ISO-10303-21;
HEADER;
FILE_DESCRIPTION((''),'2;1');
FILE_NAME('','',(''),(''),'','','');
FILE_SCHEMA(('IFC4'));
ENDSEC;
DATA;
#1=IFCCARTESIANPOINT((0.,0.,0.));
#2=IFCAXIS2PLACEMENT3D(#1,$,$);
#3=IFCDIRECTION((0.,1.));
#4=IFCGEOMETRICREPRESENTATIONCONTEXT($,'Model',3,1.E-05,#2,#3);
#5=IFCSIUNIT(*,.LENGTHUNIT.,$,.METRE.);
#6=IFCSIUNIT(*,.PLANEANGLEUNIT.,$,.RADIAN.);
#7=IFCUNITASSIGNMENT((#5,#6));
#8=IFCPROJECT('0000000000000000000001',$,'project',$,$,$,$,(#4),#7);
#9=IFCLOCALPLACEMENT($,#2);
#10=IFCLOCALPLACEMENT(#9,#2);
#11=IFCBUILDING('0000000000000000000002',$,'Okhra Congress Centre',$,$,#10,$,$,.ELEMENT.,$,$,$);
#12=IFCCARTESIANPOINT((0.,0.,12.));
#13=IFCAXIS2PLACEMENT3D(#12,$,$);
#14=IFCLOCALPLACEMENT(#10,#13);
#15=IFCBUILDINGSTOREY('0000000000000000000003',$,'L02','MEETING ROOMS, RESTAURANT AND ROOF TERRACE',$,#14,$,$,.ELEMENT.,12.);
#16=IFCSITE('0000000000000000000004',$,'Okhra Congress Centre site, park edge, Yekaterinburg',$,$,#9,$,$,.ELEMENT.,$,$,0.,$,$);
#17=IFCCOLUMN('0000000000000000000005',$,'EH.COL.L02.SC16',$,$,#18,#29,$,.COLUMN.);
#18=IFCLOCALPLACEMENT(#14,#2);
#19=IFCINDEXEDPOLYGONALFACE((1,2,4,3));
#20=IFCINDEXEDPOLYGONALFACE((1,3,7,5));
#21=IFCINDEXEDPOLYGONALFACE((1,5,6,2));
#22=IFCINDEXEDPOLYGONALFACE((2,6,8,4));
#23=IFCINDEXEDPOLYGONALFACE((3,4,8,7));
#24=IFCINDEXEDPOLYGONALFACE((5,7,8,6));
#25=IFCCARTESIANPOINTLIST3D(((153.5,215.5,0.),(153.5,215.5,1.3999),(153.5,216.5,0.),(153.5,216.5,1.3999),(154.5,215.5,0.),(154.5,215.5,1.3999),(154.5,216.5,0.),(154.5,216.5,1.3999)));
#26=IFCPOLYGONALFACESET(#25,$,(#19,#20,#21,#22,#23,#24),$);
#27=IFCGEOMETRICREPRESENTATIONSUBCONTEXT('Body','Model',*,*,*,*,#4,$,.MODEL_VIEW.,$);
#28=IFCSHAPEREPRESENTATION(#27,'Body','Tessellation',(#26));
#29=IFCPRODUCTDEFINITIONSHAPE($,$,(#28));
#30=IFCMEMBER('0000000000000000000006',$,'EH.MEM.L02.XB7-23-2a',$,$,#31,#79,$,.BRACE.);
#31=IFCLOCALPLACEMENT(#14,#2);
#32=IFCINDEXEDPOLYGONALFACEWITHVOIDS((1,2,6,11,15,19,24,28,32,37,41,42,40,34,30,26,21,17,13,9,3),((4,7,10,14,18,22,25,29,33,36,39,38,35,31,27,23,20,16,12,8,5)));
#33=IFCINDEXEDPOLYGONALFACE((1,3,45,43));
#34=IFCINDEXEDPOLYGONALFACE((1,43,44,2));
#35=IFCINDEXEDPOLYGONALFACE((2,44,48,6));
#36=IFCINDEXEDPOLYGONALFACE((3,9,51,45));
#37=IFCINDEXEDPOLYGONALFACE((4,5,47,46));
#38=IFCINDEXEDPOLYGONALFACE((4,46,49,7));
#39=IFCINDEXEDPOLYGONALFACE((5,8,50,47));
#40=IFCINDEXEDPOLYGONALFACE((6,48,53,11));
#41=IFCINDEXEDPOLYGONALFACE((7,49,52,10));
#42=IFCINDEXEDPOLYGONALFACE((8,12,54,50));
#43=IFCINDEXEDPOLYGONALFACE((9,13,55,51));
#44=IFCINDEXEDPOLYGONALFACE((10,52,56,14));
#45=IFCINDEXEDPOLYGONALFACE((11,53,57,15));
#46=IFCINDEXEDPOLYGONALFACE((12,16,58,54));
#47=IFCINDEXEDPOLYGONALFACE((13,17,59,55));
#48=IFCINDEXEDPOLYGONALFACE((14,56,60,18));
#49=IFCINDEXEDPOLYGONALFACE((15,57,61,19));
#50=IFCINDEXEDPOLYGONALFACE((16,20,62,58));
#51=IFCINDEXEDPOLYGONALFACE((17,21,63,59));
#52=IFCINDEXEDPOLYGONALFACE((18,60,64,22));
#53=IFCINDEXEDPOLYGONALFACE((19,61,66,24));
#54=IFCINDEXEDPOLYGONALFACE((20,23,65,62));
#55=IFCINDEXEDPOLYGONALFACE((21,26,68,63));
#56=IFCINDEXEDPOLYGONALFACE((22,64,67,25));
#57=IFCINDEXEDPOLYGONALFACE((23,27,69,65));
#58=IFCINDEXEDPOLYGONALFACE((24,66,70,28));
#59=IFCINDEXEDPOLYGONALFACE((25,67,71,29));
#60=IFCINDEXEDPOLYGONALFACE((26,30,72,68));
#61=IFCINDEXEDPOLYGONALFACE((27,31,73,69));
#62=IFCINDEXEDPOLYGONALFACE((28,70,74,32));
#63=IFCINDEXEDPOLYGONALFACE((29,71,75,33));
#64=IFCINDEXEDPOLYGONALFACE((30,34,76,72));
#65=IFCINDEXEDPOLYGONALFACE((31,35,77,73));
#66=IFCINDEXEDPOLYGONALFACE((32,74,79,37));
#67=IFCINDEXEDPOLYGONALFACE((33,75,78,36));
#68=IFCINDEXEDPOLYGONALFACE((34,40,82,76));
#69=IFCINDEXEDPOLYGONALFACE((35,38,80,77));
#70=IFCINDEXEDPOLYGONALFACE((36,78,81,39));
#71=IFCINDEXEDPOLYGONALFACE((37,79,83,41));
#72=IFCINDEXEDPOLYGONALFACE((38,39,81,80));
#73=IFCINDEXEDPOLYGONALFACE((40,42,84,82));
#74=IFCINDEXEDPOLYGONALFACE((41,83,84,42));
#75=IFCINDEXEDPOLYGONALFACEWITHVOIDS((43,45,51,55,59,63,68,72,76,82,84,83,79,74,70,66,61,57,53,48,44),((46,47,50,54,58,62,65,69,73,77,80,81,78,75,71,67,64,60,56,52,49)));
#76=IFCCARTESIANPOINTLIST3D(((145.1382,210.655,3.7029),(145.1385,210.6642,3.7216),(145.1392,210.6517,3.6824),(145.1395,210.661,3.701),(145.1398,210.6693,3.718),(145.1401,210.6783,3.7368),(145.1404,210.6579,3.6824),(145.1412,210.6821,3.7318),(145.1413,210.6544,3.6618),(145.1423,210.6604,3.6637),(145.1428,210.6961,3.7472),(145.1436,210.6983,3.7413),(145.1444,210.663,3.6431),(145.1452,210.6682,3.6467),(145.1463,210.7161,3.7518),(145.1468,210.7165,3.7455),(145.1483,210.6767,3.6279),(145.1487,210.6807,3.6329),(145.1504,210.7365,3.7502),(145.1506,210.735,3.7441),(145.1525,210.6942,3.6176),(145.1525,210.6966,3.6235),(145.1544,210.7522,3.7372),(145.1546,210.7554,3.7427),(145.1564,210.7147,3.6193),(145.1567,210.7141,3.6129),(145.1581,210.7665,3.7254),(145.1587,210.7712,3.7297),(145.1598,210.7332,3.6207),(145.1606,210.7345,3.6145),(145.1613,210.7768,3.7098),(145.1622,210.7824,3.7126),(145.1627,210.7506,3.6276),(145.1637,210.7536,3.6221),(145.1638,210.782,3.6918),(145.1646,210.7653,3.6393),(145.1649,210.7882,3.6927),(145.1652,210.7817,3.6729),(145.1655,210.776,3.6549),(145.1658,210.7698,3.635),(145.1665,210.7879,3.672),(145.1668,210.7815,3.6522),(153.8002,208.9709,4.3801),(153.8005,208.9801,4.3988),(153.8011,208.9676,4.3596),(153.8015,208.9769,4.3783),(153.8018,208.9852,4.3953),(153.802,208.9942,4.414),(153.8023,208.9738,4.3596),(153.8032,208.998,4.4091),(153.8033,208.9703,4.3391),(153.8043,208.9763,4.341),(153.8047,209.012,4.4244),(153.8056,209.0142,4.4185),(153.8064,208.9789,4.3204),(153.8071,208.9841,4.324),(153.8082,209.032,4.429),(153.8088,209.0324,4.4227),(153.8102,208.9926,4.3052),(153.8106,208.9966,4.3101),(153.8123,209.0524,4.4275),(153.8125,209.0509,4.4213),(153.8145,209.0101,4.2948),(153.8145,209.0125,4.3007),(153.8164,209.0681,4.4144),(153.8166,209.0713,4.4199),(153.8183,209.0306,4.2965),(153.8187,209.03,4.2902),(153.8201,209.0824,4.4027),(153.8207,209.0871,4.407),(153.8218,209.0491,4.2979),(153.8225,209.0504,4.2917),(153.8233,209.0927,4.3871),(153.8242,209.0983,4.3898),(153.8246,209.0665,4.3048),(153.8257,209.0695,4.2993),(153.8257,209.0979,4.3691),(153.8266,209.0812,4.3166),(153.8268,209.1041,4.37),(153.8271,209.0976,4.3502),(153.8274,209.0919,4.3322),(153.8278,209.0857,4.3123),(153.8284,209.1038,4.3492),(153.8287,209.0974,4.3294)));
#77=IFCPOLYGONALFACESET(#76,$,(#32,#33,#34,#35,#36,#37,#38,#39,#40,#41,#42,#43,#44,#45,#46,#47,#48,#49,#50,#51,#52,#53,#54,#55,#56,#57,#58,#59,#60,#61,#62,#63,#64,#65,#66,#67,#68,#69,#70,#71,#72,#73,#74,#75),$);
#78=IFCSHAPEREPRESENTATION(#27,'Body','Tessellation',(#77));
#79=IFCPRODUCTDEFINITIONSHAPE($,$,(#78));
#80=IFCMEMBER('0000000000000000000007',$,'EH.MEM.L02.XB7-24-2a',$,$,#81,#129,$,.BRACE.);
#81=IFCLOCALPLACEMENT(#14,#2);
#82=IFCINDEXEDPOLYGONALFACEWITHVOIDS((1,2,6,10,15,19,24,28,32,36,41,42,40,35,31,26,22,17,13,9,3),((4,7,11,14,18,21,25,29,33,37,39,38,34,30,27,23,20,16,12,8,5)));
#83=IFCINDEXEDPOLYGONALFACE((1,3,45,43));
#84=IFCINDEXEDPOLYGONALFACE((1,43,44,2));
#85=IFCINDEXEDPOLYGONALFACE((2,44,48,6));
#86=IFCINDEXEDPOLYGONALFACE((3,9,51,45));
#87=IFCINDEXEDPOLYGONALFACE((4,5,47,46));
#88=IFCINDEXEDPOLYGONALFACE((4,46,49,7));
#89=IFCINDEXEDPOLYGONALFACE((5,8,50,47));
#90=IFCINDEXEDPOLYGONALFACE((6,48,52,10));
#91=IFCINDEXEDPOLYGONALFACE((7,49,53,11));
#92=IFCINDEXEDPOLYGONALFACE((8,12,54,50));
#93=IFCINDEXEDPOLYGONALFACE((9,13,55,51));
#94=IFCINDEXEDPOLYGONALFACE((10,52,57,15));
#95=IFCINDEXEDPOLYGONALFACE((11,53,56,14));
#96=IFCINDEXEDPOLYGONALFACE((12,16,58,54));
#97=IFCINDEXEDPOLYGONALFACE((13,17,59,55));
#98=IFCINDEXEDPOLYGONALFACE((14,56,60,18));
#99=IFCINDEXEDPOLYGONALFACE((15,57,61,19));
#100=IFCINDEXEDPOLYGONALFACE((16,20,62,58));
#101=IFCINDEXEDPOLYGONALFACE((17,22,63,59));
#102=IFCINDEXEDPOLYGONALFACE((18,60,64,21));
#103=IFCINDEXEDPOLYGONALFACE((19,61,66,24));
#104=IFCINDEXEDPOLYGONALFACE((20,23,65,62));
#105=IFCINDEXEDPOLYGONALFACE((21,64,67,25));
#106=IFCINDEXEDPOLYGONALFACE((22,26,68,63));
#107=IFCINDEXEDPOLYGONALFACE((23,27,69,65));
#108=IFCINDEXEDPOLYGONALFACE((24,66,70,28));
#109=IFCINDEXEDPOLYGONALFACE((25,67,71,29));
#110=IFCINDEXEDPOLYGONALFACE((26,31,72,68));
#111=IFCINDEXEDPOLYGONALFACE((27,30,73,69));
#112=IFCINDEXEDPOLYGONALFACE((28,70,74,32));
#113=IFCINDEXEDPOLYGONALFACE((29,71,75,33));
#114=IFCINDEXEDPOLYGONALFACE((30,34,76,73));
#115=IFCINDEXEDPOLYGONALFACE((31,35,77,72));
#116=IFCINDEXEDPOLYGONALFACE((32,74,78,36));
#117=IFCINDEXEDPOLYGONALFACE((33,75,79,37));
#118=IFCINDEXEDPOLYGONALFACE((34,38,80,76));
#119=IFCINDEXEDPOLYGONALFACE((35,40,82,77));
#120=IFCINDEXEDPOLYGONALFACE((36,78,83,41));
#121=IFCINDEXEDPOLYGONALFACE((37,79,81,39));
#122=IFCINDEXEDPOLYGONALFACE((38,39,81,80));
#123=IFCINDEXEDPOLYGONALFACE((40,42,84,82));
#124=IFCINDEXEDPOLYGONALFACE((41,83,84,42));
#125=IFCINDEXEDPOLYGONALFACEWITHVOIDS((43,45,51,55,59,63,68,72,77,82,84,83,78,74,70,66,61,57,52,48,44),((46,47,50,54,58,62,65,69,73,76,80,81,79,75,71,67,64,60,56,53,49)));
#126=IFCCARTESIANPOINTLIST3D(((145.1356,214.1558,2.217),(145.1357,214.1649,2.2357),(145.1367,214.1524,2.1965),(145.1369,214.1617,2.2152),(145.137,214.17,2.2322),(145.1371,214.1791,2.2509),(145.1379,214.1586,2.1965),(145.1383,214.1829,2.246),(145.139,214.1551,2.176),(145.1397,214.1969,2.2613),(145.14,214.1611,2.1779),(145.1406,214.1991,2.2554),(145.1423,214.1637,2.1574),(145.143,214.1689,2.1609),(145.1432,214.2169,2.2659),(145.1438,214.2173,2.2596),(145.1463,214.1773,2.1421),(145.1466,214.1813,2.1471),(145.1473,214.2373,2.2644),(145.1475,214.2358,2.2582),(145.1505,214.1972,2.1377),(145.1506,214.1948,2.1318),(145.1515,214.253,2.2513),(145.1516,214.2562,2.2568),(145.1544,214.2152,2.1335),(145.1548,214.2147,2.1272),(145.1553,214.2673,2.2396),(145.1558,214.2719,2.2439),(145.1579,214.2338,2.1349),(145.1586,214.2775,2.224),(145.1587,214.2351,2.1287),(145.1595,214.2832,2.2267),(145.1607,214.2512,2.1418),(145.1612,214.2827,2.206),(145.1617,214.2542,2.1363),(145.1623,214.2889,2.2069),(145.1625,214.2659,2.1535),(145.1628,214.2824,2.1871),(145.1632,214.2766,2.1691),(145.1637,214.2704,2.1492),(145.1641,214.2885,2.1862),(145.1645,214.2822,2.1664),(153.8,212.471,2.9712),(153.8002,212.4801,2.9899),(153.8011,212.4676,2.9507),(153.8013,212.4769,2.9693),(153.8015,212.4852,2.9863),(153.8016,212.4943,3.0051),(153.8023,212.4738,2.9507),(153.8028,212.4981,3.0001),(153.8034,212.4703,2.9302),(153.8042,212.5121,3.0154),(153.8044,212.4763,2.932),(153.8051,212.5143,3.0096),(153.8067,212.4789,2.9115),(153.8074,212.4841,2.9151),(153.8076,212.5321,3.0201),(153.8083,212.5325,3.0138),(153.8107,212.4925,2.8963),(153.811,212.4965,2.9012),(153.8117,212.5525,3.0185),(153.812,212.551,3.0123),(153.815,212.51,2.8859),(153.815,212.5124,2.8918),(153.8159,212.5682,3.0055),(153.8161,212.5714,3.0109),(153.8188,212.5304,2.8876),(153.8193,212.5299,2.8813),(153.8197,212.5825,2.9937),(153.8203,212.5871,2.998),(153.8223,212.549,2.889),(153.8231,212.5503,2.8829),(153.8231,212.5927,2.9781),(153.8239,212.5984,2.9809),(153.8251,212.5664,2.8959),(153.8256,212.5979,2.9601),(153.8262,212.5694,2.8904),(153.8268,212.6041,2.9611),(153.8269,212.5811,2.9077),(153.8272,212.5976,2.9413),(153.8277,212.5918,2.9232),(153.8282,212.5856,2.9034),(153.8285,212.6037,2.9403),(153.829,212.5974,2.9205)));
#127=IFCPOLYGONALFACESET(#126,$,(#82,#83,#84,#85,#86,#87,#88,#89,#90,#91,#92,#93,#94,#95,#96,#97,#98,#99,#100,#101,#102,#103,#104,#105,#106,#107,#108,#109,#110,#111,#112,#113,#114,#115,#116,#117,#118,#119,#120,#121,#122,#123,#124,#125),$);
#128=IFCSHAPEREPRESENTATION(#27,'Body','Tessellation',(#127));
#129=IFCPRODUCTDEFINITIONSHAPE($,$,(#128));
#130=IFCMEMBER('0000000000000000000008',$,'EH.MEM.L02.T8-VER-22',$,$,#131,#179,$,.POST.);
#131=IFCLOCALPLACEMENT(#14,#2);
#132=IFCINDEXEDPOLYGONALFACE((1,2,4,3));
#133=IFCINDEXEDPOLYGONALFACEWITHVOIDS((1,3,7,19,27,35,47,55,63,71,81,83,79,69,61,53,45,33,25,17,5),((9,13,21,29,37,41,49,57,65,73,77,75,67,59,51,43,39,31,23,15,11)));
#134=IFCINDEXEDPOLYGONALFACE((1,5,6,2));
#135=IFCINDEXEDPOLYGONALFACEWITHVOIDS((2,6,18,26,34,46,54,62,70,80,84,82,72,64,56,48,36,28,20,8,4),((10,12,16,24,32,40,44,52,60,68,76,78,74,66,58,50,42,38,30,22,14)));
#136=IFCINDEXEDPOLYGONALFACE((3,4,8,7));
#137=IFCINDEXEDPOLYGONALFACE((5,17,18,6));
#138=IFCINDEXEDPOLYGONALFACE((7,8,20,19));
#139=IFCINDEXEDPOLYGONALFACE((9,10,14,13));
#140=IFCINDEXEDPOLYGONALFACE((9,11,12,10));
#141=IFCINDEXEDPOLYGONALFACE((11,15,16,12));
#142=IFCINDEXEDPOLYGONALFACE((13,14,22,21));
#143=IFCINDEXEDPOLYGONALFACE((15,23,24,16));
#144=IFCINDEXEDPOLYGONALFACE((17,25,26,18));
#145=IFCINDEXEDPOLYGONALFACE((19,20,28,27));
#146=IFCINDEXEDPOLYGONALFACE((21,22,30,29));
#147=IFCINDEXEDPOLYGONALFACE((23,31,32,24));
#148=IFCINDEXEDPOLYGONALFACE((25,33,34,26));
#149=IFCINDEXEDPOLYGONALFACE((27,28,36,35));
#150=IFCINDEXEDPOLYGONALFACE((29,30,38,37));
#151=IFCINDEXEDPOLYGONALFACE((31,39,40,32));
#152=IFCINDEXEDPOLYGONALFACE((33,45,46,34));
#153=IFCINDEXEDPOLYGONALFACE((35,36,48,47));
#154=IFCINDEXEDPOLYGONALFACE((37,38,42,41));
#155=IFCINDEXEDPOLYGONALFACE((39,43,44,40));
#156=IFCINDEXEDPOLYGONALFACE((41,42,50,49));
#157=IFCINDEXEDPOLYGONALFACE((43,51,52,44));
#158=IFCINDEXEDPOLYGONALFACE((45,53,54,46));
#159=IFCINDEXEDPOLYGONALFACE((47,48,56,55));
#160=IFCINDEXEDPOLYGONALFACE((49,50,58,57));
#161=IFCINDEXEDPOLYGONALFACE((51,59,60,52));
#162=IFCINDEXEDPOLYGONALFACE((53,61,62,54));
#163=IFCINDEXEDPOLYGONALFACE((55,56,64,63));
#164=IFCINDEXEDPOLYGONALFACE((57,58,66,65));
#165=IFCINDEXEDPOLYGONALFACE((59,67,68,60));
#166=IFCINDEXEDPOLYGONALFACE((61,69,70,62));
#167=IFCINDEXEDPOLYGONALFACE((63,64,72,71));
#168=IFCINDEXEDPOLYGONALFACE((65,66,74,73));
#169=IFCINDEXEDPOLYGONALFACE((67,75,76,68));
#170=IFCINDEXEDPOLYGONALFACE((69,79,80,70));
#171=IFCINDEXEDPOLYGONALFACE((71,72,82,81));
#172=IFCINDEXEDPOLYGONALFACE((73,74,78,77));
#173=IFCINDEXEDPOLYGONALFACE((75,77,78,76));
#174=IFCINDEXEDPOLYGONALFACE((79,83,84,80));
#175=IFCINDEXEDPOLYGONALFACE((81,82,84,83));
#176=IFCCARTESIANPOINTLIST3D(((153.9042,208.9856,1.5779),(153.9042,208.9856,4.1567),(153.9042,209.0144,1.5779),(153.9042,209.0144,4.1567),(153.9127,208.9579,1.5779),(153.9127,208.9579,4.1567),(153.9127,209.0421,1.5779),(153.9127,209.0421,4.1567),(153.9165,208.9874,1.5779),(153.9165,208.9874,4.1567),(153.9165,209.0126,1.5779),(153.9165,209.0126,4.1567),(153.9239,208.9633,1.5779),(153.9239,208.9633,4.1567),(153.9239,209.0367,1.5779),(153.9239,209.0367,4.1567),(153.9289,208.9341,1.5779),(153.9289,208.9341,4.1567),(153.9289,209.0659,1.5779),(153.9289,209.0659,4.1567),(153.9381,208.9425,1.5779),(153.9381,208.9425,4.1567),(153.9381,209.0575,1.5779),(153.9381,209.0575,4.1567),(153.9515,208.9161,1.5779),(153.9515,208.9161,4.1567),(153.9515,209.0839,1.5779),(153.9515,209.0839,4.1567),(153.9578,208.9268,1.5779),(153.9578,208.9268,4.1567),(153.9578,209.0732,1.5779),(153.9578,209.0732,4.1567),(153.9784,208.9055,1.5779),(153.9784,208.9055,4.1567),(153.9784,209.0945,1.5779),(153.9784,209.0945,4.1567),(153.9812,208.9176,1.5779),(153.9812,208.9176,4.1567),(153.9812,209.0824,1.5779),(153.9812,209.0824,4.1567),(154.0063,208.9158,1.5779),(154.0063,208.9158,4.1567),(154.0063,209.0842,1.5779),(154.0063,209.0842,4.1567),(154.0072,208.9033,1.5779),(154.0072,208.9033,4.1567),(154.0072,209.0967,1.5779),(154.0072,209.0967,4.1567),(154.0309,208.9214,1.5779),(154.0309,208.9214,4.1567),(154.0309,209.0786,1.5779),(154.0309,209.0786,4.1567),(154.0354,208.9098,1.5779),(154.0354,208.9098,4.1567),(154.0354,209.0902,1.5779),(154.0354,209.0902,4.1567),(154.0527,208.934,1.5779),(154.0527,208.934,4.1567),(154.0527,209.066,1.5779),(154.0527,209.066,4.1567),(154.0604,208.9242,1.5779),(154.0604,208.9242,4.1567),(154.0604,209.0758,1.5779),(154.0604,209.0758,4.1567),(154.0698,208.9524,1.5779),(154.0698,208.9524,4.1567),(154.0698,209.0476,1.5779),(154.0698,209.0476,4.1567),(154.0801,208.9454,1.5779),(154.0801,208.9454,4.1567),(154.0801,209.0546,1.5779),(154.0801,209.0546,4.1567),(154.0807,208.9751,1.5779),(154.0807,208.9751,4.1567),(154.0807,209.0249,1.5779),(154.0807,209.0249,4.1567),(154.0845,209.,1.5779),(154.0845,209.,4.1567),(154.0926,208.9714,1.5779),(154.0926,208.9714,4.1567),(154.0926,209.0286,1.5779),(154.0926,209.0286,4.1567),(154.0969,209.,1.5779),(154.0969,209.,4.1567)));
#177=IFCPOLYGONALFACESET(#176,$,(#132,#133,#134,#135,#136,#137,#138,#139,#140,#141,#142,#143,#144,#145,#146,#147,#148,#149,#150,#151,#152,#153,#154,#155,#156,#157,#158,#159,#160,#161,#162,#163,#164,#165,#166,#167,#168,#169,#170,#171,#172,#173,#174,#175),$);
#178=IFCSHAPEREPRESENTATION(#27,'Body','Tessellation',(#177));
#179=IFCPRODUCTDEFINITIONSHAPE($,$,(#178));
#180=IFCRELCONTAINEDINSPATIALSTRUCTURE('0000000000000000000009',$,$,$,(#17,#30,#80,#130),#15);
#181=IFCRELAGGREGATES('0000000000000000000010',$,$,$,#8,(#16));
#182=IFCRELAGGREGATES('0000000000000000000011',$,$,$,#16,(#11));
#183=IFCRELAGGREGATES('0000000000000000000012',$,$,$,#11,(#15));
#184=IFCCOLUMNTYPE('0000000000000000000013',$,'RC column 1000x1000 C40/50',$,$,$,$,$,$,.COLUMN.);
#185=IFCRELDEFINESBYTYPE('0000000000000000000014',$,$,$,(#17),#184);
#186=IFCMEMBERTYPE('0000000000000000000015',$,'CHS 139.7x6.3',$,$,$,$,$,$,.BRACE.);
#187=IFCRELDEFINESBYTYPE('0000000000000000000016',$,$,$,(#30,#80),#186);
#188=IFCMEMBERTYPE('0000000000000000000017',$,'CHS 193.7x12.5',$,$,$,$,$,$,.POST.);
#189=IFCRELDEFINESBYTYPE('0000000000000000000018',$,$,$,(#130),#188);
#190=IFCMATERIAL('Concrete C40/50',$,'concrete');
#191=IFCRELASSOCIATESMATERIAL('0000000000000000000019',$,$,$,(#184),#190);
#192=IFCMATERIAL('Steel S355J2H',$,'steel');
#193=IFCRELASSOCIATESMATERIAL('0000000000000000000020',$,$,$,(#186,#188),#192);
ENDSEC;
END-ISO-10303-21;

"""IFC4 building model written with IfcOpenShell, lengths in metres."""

from ifc_helpers import new_model, si_unit, direction, frame, origin, origin_2d, place, context, subcontext, project, spatial, rectangle, hollow_circle, extrude, material, material_profile, profile_set, type_object, element, save


model = new_model("IFC4")

# Units and contexts
model_context = context("Model", 3, precision=1e-05, world=origin(), true_north=direction((0.0, 1.0)))
body_context = subcontext(model_context, "Body", "Model", "MODEL_VIEW")
ifc_project = project(units=[si_unit("LENGTHUNIT", "METRE"), si_unit("PLANEANGLEUNIT", "RADIAN")], contexts=[model_context])

# Site, building, storey
site_placement = place(None, origin())
site = spatial("IfcSite", under=ifc_project, at=site_placement, Name="Okhra Congress Centre site, park edge, Yekaterinburg", CompositionType="ELEMENT", RefElevation=0.0)
building_placement = place(site_placement, origin())
building = spatial("IfcBuilding", under=site, at=building_placement, Name="Okhra Congress Centre", CompositionType="ELEMENT")
storey_placement = place(building_placement, frame((0.0, 0.0, 12.0)))
storey = spatial("IfcBuildingStorey", under=building, at=storey_placement, Name="L02", Description="MEETING ROOMS, RESTAURANT AND ROOF TERRACE", CompositionType="ELEMENT", Elevation=12.0)

# Column
ifc_material_1 = material(Name="Concrete C40/50", Category="concrete")
ifc_material_profile_1 = material_profile(ifc_material_1, rectangle(XDim=1.0, YDim=1.0, at=origin_2d()), Name="RC 1000x1000")
ifc_profile_set_1 = profile_set([ifc_material_profile_1], Name="Concrete C40/50")
column_type = type_object("IfcColumnType", Name="RC column 1000x1000 C40/50", PredefinedType="COLUMN", material=ifc_profile_set_1)
column_placement = place(storey_placement, frame((154.0, 216.0, 0.0), z_axis=(0.0, 0.0, 1.0), x_axis=(1.0, 0.0, 0.0)))
element("IfcColumn", 1, at=column_placement, inside=storey, type_object=column_type, Name="EH.COL.L02.SC16", PredefinedType="COLUMN", context=body_context, shape_type="SweptSolid", body=[
    extrude(rectangle(XDim=1.0, YDim=1.0, at=origin_2d()), origin(), (0.0, 0.0, 1.0), 1.3999),
])

# Members
ifc_material_2 = material(Name="Steel S355J2H", Category="steel")
ifc_material_profile_2 = material_profile(ifc_material_2, hollow_circle(Radius=0.0698, WallThickness=0.0063, at=origin_2d()), Name="CHS 139.7x6.3")
ifc_profile_set_2 = profile_set([ifc_material_profile_2], Name="Steel S355J2H")
member_type_1 = type_object("IfcMemberType", Name="CHS 139.7x6.3", PredefinedType="BRACE", material=ifc_profile_set_2)
member_1_placement = place(storey_placement, frame((153.8145, 209.0361, 4.3596), z_axis=(-0.978741, 0.190292, -0.076525), x_axis=(-0.190851, -0.981619, 0.0)))
element("IfcMember", 2, at=member_1_placement, inside=storey, type_object=member_type_1, Name="EH.MEM.L02.XB7-23-2a", PredefinedType="BRACE", context=body_context, shape_type="SweptSolid", body=[
    extrude(hollow_circle(Radius=0.0698, WallThickness=0.0063, at=origin_2d()), origin(), (0.0, 0.0, 1.0), 8.8501),
])
member_2_placement = place(storey_placement, frame((153.8145, 212.5361, 2.9507), z_axis=(-0.978051, 0.190181, -0.085128), x_axis=(-0.190874, -0.981615, 0.0)))
element("IfcMember", 3, at=member_2_placement, inside=storey, type_object=member_type_1, Name="EH.MEM.L02.XB7-24-2a", PredefinedType="BRACE", context=body_context, shape_type="SweptSolid", body=[
    extrude(hollow_circle(Radius=0.0698, WallThickness=0.0063, at=origin_2d()), origin(), (0.0, 0.0, 1.0), 8.8589),
])
ifc_material_profile_3 = material_profile(ifc_material_2, hollow_circle(Radius=0.0969, WallThickness=0.0125, at=origin_2d()), Name="CHS 193.7x12.5")
ifc_profile_set_3 = profile_set([ifc_material_profile_3], Name="Steel S355J2H")
member_type_2 = type_object("IfcMemberType", Name="CHS 193.7x12.5", PredefinedType="POST", material=ifc_profile_set_3)
member_3_placement = place(storey_placement, frame((154.0, 209.0, 1.5779), z_axis=(0.0, 0.0, 1.0), x_axis=(1.0, 0.0, 0.0)))
element("IfcMember", 4, at=member_3_placement, inside=storey, type_object=member_type_2, Name="EH.MEM.L02.T8-VER-22", PredefinedType="POST", context=body_context, shape_type="SweptSolid", body=[
    extrude(hollow_circle(Radius=0.0969, WallThickness=0.0125, at=origin_2d()), origin(), (0.0, 0.0, 1.0), 2.5789),
])

save(model, "model.ifc")
